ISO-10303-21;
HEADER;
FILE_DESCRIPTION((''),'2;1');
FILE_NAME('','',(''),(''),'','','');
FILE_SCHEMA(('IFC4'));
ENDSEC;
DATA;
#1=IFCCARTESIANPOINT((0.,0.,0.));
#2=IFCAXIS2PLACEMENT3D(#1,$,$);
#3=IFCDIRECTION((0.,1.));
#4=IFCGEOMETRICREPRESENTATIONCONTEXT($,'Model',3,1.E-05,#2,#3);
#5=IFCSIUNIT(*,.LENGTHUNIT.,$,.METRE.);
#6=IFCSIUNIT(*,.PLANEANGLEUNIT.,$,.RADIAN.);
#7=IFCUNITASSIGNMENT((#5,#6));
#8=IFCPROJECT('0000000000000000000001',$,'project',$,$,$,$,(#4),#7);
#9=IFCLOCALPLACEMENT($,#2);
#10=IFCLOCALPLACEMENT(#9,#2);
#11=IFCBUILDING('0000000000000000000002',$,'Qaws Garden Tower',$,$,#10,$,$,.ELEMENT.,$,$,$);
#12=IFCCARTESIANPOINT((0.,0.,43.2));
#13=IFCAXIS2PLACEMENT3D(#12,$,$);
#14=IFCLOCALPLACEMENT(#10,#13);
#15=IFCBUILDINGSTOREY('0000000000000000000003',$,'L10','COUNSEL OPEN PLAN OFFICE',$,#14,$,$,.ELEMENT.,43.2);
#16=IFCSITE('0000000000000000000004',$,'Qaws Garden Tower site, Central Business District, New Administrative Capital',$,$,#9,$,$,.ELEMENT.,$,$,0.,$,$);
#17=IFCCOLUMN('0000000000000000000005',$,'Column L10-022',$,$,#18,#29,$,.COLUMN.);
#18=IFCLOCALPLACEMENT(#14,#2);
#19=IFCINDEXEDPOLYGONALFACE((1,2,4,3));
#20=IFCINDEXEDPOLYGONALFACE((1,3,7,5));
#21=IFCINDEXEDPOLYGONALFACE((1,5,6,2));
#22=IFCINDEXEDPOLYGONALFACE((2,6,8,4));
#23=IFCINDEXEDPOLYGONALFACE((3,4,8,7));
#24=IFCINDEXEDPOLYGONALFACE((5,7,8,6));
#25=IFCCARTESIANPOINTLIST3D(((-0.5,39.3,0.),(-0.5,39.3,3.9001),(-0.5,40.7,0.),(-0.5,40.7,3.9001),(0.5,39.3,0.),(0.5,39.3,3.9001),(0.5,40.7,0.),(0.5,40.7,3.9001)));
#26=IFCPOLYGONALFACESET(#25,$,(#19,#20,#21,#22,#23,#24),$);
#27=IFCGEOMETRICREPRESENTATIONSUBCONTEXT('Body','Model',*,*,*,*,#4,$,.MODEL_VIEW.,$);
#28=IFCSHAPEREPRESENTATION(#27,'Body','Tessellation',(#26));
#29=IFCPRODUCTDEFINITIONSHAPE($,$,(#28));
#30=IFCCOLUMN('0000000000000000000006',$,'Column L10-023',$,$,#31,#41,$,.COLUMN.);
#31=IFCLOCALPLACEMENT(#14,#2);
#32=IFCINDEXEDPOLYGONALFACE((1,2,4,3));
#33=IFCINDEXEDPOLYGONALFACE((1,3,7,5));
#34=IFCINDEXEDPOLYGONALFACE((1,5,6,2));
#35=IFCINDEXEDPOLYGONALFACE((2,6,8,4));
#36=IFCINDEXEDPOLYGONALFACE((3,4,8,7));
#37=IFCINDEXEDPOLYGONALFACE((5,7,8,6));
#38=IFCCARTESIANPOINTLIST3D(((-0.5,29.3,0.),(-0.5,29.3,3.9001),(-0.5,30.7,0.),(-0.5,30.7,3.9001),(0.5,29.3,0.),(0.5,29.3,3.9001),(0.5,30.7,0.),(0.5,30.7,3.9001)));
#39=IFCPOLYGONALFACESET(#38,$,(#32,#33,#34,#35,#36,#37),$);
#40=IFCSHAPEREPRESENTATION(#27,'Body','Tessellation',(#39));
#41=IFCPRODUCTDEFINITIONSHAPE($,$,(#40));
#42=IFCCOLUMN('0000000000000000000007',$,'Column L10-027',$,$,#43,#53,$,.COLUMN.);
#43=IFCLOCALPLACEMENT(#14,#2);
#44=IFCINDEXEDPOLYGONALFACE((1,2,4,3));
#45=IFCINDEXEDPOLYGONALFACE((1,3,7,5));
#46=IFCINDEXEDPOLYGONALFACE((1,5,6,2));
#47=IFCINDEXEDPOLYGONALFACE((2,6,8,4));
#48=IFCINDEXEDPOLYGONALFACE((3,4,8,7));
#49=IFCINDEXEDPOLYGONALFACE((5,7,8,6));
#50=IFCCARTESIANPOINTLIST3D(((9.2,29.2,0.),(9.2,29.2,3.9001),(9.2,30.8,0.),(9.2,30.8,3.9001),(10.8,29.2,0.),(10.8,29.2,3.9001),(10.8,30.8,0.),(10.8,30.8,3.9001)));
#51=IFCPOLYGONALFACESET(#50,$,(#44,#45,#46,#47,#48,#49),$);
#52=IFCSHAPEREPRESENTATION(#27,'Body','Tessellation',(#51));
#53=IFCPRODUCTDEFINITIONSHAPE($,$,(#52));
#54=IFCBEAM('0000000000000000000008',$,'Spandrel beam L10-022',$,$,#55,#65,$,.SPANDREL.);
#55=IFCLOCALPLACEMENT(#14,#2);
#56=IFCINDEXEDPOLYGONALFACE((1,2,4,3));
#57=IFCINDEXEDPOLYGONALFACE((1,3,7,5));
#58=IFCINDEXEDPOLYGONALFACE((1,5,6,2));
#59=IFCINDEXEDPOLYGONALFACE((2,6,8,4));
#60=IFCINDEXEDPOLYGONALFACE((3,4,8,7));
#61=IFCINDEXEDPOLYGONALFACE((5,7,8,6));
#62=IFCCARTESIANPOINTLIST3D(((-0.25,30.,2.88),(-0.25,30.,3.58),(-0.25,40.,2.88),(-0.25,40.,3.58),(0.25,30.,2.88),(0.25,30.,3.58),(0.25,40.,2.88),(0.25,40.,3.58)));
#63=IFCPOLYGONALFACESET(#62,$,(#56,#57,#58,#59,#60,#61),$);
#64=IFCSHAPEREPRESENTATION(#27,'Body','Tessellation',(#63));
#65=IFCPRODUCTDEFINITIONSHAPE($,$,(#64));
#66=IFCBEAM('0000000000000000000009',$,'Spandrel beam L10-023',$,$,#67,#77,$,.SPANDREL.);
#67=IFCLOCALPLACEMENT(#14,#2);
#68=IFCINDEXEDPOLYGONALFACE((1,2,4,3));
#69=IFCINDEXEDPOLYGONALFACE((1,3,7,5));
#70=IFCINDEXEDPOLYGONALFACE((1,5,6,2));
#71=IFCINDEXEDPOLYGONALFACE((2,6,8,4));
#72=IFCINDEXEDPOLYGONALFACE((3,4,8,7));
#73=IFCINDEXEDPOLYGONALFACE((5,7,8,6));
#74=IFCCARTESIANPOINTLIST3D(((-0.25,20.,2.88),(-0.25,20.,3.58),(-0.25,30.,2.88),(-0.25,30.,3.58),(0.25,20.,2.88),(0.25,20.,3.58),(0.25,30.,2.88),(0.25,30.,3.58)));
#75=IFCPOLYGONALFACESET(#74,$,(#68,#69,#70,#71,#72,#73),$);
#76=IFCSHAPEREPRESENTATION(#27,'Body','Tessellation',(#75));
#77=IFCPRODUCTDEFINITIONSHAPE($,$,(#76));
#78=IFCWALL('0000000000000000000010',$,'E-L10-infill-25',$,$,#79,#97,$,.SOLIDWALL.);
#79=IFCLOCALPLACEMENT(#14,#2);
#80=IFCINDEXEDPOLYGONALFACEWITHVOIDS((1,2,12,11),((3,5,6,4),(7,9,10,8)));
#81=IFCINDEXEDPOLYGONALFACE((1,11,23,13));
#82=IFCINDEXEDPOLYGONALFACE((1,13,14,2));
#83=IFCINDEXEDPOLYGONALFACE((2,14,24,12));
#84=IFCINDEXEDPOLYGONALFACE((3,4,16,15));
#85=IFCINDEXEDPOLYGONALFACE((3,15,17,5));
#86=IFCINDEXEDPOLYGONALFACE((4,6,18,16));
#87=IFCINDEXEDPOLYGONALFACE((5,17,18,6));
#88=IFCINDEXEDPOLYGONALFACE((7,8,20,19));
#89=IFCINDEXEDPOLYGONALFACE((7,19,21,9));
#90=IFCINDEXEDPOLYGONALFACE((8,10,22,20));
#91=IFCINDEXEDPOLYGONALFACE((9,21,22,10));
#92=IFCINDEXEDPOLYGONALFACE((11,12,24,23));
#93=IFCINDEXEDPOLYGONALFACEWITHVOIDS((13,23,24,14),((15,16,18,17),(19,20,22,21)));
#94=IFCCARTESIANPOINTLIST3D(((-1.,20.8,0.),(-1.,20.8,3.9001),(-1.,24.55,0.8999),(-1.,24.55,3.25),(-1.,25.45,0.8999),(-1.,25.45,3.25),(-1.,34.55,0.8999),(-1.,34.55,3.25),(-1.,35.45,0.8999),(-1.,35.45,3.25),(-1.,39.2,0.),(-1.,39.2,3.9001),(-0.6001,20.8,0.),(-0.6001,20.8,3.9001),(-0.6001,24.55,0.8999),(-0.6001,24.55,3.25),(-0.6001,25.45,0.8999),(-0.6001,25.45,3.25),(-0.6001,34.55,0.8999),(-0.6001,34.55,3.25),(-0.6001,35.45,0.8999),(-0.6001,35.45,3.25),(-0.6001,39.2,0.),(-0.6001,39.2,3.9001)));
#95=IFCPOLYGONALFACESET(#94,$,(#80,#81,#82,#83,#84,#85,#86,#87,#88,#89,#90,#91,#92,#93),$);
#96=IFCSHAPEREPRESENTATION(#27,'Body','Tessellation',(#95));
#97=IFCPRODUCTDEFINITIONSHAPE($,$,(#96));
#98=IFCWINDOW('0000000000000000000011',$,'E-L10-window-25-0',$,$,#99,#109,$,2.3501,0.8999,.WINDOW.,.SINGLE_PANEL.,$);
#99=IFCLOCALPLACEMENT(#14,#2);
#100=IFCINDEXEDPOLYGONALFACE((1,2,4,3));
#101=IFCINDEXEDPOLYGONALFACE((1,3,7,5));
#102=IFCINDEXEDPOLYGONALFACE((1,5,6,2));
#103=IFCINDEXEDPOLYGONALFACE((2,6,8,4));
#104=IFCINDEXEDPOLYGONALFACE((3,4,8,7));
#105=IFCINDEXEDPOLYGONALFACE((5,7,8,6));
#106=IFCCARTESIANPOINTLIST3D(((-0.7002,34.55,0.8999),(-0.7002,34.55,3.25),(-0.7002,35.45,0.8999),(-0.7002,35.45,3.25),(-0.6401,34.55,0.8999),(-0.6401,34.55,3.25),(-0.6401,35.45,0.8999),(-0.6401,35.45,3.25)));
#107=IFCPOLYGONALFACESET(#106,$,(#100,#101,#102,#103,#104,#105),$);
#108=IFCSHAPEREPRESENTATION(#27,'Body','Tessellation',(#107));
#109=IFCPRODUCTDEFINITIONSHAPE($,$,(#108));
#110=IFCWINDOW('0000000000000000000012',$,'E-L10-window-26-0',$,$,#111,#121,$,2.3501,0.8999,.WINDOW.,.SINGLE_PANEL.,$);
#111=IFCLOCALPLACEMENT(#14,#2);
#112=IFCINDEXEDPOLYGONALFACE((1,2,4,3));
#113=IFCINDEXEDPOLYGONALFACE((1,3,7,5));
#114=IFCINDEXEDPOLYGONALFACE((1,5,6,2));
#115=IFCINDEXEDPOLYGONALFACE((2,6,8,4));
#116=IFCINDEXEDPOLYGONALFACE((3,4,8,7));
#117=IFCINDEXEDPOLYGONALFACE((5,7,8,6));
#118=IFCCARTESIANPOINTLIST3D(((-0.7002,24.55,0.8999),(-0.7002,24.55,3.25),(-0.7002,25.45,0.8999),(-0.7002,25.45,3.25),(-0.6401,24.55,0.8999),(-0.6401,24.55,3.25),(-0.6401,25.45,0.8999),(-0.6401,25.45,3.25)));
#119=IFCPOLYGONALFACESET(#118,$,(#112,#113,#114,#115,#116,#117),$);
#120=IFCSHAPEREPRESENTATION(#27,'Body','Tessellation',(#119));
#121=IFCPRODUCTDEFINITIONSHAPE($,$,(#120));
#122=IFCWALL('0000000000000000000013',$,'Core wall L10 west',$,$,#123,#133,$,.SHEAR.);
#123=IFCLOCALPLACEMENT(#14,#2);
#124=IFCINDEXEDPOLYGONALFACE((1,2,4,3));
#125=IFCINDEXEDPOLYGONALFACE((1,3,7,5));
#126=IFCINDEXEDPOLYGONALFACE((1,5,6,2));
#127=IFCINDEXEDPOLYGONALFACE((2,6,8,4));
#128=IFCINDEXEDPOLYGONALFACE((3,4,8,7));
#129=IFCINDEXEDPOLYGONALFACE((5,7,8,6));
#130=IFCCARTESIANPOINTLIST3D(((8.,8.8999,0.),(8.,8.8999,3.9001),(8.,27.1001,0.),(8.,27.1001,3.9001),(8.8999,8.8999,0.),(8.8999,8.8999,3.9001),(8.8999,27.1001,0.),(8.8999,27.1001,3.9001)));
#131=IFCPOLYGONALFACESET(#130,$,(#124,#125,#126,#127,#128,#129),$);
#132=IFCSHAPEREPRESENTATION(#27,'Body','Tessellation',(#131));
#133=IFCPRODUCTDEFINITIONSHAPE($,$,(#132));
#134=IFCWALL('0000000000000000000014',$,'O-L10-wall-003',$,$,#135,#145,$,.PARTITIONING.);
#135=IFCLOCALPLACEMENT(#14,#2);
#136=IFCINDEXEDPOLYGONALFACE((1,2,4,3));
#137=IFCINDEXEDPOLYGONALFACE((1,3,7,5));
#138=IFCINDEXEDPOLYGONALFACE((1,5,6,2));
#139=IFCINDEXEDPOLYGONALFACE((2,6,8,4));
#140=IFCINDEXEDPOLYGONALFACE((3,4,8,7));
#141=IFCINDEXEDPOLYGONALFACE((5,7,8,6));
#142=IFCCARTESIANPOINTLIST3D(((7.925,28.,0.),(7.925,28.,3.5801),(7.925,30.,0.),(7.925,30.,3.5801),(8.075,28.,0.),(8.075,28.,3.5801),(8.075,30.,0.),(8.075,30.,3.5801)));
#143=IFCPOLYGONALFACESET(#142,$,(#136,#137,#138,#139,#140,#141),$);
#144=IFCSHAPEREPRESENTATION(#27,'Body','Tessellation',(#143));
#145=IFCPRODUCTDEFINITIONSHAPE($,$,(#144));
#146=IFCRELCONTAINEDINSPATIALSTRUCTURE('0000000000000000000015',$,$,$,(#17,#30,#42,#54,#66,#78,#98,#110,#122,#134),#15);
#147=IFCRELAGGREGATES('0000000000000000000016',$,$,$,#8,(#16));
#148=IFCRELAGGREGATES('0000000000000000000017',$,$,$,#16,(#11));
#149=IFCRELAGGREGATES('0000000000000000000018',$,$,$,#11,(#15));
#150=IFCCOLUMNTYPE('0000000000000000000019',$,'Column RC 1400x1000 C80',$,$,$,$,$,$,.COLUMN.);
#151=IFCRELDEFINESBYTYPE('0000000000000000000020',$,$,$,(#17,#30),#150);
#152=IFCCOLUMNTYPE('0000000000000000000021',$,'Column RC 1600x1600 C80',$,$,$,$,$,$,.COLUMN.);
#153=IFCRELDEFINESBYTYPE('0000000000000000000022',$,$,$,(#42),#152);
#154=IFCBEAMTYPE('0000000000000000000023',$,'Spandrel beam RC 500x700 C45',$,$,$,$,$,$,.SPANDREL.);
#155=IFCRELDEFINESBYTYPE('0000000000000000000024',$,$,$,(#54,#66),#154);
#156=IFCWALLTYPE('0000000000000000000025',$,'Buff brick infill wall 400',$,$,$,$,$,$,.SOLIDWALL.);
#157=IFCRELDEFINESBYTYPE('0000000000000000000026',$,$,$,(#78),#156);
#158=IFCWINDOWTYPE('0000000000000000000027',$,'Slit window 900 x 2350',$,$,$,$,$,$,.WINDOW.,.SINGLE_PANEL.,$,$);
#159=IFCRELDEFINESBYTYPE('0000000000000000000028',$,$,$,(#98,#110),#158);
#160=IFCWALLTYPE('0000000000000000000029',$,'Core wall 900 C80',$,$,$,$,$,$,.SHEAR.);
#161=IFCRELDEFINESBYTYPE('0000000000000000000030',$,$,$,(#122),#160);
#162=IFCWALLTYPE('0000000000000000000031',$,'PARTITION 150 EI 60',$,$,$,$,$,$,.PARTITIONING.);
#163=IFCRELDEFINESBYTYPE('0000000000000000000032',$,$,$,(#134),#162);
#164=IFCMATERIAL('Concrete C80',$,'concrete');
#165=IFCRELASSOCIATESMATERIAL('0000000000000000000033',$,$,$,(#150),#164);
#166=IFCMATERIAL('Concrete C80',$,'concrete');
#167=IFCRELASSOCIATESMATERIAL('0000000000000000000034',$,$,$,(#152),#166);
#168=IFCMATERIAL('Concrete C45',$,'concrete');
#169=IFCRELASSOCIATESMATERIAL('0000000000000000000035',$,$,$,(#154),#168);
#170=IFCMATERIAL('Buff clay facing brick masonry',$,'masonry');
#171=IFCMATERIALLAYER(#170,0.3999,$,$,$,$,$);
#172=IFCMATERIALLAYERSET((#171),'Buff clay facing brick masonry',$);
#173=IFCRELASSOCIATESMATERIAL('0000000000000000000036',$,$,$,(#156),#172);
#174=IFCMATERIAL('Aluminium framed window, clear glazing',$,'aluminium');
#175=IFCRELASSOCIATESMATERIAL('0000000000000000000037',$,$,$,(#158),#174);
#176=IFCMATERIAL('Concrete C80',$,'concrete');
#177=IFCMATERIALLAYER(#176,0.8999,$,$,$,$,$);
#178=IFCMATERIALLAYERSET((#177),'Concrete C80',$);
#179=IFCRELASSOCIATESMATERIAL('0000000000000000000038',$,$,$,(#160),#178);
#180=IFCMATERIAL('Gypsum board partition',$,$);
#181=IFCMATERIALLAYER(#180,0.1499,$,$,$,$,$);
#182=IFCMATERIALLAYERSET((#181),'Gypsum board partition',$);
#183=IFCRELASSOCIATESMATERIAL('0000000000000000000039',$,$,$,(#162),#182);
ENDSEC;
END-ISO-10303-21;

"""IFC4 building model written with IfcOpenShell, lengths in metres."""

from ifc_helpers import new_model, si_unit, direction, frame, frame_2d, origin, origin_2d, place, context, subcontext, project, spatial, rectangle, extrude, material, layer, layer_set, material_profile, profile_set, type_object, element, fill, save


model = new_model("IFC4")

# Units and contexts
model_context = context("Model", 3, precision=1e-05, world=origin(), true_north=direction((0.0, 1.0)))
body_context = subcontext(model_context, "Body", "Model", "MODEL_VIEW")
ifc_project = project(units=[si_unit("LENGTHUNIT", "METRE"), si_unit("PLANEANGLEUNIT", "RADIAN")], contexts=[model_context])

# Site, building, storey
site_placement = place(None, origin())
site = spatial("IfcSite", under=ifc_project, at=site_placement, Name="Qaws Garden Tower site, Central Business District, New Administrative Capital", CompositionType="ELEMENT", RefElevation=0.0)
building_placement = place(site_placement, origin())
building = spatial("IfcBuilding", under=site, at=building_placement, Name="Qaws Garden Tower", CompositionType="ELEMENT")
storey_placement = place(building_placement, frame((0.0, 0.0, 43.2)))
storey = spatial("IfcBuildingStorey", under=building, at=storey_placement, Name="L10", Description="COUNSEL OPEN PLAN OFFICE", CompositionType="ELEMENT", Elevation=43.2)

# Columns
ifc_material_1 = material(Name="Concrete C80", Category="concrete")
ifc_material_profile_1 = material_profile(ifc_material_1, rectangle(XDim=1.3999, YDim=1.0, at=origin_2d()), Name="RC 1400x1000")
ifc_profile_set_1 = profile_set([ifc_material_profile_1], Name="Concrete C80")
column_type_1 = type_object("IfcColumnType", Name="Column RC 1400x1000 C80", PredefinedType="COLUMN", material=ifc_profile_set_1)
for number, where, z_axis, x_axis, name in (
    (1, (0.0, 40.0, 0.0), (0.0, 0.0, 1.0), (0.0, 1.0, 0.0), "Column L10-022"),
    (2, (0.0, 30.0, 0.0), (0.0, 0.0, 1.0), (0.0, 1.0, 0.0), "Column L10-023"),
):
    element("IfcColumn", number, at=place(storey_placement, frame(where, z_axis=z_axis, x_axis=x_axis)), inside=storey, type_object=column_type_1, Name=name, PredefinedType="COLUMN", context=body_context, shape_type="SweptSolid", body=[
        extrude(rectangle(XDim=1.3999, YDim=1.0, at=origin_2d()), origin(), (0.0, 0.0, 1.0), 3.9001),
    ])
ifc_material_2 = material(Name="Concrete C80", Category="concrete")
ifc_material_profile_2 = material_profile(ifc_material_2, rectangle(XDim=1.6001, YDim=1.6001, at=origin_2d()), Name="RC 1600x1600")
ifc_profile_set_2 = profile_set([ifc_material_profile_2], Name="Concrete C80")
column_type_2 = type_object("IfcColumnType", Name="Column RC 1600x1600 C80", PredefinedType="COLUMN", material=ifc_profile_set_2)
column_placement = place(storey_placement, frame((10.0, 30.0, 0.0), z_axis=(0.0, 0.0, 1.0), x_axis=(1.0, 0.0, 0.0)))
element("IfcColumn", 3, at=column_placement, inside=storey, type_object=column_type_2, Name="Column L10-027", PredefinedType="COLUMN", context=body_context, shape_type="SweptSolid", body=[
    extrude(rectangle(XDim=1.6001, YDim=1.6001, at=origin_2d()), origin(), (0.0, 0.0, 1.0), 3.9001),
])

# Beams
ifc_material_3 = material(Name="Concrete C45", Category="concrete")
ifc_material_profile_3 = material_profile(ifc_material_3, rectangle(XDim=0.5, YDim=0.7, at=origin_2d()), Name="RC 500x700")
ifc_profile_set_3 = profile_set([ifc_material_profile_3], Name="Concrete C45")
beam_type = type_object("IfcBeamType", Name="Spandrel beam RC 500x700 C45", PredefinedType="SPANDREL", material=ifc_profile_set_3)
for number, where, z_axis, x_axis, name in (
    (4, (0.0, 40.0, 3.23), (0.0, -1.0, 0.0), (1.0, 0.0, 0.0), "Spandrel beam L10-022"),
    (5, (0.0, 30.0, 3.23), (0.0, -1.0, 0.0), (1.0, 0.0, 0.0), "Spandrel beam L10-023"),
):
    element("IfcBeam", number, at=place(storey_placement, frame(where, z_axis=z_axis, x_axis=x_axis)), inside=storey, type_object=beam_type, Name=name, PredefinedType="SPANDREL", context=body_context, shape_type="SweptSolid", body=[
        extrude(rectangle(XDim=0.5, YDim=0.7, at=origin_2d()), origin(), (0.0, 0.0, 1.0), 10.0),
    ])

# Wall, openings, windows
ifc_material_4 = material(Name="Buff clay facing brick masonry", Category="masonry")
ifc_layer_1 = layer(ifc_material_4, 0.3999)
ifc_layer_set_1 = layer_set([ifc_layer_1], Name="Buff clay facing brick masonry")
wall_type_1 = type_object("IfcWallType", Name="Buff brick infill wall 400", PredefinedType="SOLIDWALL", material=ifc_layer_set_1)
wall_1_placement = place(storey_placement, frame((-0.8, 39.2, 0.0), z_axis=(0.0, 0.0, 1.0), x_axis=(0.0, -1.0, 0.0)))
wall_1 = element("IfcWall", 6, at=wall_1_placement, inside=storey, type_object=wall_type_1, Name="E-L10-infill-25", PredefinedType="SOLIDWALL", context=body_context, shape_type="SweptSolid", body=[
    extrude(rectangle(XDim=18.3999, YDim=0.3999, at=frame_2d((9.2, 0.0))), origin(), (0.0, 0.0, 1.0), 3.9001),
])
opening_1_placement = place(wall_1_placement, frame((3.75, 0.0, 0.8999)))
opening_1 = element("IfcOpeningElement", 7, at=opening_1_placement, cuts=wall_1, PredefinedType="OPENING", context=body_context, shape_type="SweptSolid", body=[
    extrude(rectangle(XDim=0.8999, YDim=2.3501, at=frame_2d((0.45, 1.175))), frame((0.0, 0.21, 0.0), z_axis=(0.0, -1.0, 0.0), x_axis=(1.0, 0.0, 0.0)), (0.0, 0.0, 1.0), 0.4199),
])
opening_2_placement = place(wall_1_placement, frame((13.75, 0.0, 0.8999)))
opening_2 = element("IfcOpeningElement", 8, at=opening_2_placement, cuts=wall_1, PredefinedType="OPENING", context=body_context, shape_type="SweptSolid", body=[
    extrude(rectangle(XDim=0.8999, YDim=2.3501, at=frame_2d((0.45, 1.175))), frame((0.0, 0.21, 0.0), z_axis=(0.0, -1.0, 0.0), x_axis=(1.0, 0.0, 0.0)), (0.0, 0.0, 1.0), 0.4199),
])
ifc_material_5 = material(Name="Aluminium framed window, clear glazing", Category="aluminium")
window_type = type_object("IfcWindowType", Name="Slit window 900 x 2350", PartitioningType="SINGLE_PANEL", PredefinedType="WINDOW", material=ifc_material_5)
window_1_placement = place(opening_1_placement, origin())
window_1 = element("IfcWindow", 9, at=window_1_placement, inside=storey, type_object=window_type, Name="E-L10-window-25-0", OverallHeight=2.3501, OverallWidth=0.8999, PartitioningType="SINGLE_PANEL", PredefinedType="WINDOW", context=body_context, shape_type="SweptSolid", body=[
    extrude(rectangle(XDim=0.8999, YDim=2.3501, at=frame_2d((0.45, 1.175))), frame((0.0, 0.1599, 0.0), z_axis=(0.0, -1.0, 0.0), x_axis=(1.0, 0.0, 0.0)), (0.0, 0.0, 1.0), 0.0601),
])
fill(opening_1, window_1)
window_2_placement = place(opening_2_placement, origin())
window_2 = element("IfcWindow", 10, at=window_2_placement, inside=storey, type_object=window_type, Name="E-L10-window-26-0", OverallHeight=2.3501, OverallWidth=0.8999, PartitioningType="SINGLE_PANEL", PredefinedType="WINDOW", context=body_context, shape_type="SweptSolid", body=[
    extrude(rectangle(XDim=0.8999, YDim=2.3501, at=frame_2d((0.45, 1.175))), frame((0.0, 0.1599, 0.0), z_axis=(0.0, -1.0, 0.0), x_axis=(1.0, 0.0, 0.0)), (0.0, 0.0, 1.0), 0.0601),
])
fill(opening_2, window_2)

# Walls
ifc_material_6 = material(Name="Concrete C80", Category="concrete")
ifc_layer_2 = layer(ifc_material_6, 0.8999)
ifc_layer_set_2 = layer_set([ifc_layer_2], Name="Concrete C80")
wall_type_2 = type_object("IfcWallType", Name="Core wall 900 C80", PredefinedType="SHEAR", material=ifc_layer_set_2)
wall_2_placement = place(storey_placement, frame((8.45, 27.1001, 0.0), z_axis=(0.0, 0.0, 1.0), x_axis=(0.0, -1.0, 0.0)))
element("IfcWall", 11, at=wall_2_placement, inside=storey, type_object=wall_type_2, Name="Core wall L10 west", PredefinedType="SHEAR", context=body_context, shape_type="SweptSolid", body=[
    extrude(rectangle(XDim=18.2002, YDim=0.8999, at=frame_2d((9.1001, 0.0))), origin(), (0.0, 0.0, 1.0), 3.9001),
])
ifc_material_7 = material(Name="Gypsum board partition")
ifc_layer_3 = layer(ifc_material_7, 0.1499)
ifc_layer_set_3 = layer_set([ifc_layer_3], Name="Gypsum board partition")
wall_type_3 = type_object("IfcWallType", Name="PARTITION 150 EI 60", PredefinedType="PARTITIONING", material=ifc_layer_set_3)
wall_3_placement = place(storey_placement, frame((8.0, 28.0, 0.0), z_axis=(0.0, 0.0, 1.0), x_axis=(0.0, 1.0, 0.0)))
element("IfcWall", 12, at=wall_3_placement, inside=storey, type_object=wall_type_3, Name="O-L10-wall-003", PredefinedType="PARTITIONING", context=body_context, shape_type="SweptSolid", body=[
    extrude(rectangle(XDim=2.0, YDim=0.1499, at=frame_2d((1.0, 0.0))), origin(), (0.0, 0.0, 1.0), 3.5801),
])

save(model, "model.ifc")
